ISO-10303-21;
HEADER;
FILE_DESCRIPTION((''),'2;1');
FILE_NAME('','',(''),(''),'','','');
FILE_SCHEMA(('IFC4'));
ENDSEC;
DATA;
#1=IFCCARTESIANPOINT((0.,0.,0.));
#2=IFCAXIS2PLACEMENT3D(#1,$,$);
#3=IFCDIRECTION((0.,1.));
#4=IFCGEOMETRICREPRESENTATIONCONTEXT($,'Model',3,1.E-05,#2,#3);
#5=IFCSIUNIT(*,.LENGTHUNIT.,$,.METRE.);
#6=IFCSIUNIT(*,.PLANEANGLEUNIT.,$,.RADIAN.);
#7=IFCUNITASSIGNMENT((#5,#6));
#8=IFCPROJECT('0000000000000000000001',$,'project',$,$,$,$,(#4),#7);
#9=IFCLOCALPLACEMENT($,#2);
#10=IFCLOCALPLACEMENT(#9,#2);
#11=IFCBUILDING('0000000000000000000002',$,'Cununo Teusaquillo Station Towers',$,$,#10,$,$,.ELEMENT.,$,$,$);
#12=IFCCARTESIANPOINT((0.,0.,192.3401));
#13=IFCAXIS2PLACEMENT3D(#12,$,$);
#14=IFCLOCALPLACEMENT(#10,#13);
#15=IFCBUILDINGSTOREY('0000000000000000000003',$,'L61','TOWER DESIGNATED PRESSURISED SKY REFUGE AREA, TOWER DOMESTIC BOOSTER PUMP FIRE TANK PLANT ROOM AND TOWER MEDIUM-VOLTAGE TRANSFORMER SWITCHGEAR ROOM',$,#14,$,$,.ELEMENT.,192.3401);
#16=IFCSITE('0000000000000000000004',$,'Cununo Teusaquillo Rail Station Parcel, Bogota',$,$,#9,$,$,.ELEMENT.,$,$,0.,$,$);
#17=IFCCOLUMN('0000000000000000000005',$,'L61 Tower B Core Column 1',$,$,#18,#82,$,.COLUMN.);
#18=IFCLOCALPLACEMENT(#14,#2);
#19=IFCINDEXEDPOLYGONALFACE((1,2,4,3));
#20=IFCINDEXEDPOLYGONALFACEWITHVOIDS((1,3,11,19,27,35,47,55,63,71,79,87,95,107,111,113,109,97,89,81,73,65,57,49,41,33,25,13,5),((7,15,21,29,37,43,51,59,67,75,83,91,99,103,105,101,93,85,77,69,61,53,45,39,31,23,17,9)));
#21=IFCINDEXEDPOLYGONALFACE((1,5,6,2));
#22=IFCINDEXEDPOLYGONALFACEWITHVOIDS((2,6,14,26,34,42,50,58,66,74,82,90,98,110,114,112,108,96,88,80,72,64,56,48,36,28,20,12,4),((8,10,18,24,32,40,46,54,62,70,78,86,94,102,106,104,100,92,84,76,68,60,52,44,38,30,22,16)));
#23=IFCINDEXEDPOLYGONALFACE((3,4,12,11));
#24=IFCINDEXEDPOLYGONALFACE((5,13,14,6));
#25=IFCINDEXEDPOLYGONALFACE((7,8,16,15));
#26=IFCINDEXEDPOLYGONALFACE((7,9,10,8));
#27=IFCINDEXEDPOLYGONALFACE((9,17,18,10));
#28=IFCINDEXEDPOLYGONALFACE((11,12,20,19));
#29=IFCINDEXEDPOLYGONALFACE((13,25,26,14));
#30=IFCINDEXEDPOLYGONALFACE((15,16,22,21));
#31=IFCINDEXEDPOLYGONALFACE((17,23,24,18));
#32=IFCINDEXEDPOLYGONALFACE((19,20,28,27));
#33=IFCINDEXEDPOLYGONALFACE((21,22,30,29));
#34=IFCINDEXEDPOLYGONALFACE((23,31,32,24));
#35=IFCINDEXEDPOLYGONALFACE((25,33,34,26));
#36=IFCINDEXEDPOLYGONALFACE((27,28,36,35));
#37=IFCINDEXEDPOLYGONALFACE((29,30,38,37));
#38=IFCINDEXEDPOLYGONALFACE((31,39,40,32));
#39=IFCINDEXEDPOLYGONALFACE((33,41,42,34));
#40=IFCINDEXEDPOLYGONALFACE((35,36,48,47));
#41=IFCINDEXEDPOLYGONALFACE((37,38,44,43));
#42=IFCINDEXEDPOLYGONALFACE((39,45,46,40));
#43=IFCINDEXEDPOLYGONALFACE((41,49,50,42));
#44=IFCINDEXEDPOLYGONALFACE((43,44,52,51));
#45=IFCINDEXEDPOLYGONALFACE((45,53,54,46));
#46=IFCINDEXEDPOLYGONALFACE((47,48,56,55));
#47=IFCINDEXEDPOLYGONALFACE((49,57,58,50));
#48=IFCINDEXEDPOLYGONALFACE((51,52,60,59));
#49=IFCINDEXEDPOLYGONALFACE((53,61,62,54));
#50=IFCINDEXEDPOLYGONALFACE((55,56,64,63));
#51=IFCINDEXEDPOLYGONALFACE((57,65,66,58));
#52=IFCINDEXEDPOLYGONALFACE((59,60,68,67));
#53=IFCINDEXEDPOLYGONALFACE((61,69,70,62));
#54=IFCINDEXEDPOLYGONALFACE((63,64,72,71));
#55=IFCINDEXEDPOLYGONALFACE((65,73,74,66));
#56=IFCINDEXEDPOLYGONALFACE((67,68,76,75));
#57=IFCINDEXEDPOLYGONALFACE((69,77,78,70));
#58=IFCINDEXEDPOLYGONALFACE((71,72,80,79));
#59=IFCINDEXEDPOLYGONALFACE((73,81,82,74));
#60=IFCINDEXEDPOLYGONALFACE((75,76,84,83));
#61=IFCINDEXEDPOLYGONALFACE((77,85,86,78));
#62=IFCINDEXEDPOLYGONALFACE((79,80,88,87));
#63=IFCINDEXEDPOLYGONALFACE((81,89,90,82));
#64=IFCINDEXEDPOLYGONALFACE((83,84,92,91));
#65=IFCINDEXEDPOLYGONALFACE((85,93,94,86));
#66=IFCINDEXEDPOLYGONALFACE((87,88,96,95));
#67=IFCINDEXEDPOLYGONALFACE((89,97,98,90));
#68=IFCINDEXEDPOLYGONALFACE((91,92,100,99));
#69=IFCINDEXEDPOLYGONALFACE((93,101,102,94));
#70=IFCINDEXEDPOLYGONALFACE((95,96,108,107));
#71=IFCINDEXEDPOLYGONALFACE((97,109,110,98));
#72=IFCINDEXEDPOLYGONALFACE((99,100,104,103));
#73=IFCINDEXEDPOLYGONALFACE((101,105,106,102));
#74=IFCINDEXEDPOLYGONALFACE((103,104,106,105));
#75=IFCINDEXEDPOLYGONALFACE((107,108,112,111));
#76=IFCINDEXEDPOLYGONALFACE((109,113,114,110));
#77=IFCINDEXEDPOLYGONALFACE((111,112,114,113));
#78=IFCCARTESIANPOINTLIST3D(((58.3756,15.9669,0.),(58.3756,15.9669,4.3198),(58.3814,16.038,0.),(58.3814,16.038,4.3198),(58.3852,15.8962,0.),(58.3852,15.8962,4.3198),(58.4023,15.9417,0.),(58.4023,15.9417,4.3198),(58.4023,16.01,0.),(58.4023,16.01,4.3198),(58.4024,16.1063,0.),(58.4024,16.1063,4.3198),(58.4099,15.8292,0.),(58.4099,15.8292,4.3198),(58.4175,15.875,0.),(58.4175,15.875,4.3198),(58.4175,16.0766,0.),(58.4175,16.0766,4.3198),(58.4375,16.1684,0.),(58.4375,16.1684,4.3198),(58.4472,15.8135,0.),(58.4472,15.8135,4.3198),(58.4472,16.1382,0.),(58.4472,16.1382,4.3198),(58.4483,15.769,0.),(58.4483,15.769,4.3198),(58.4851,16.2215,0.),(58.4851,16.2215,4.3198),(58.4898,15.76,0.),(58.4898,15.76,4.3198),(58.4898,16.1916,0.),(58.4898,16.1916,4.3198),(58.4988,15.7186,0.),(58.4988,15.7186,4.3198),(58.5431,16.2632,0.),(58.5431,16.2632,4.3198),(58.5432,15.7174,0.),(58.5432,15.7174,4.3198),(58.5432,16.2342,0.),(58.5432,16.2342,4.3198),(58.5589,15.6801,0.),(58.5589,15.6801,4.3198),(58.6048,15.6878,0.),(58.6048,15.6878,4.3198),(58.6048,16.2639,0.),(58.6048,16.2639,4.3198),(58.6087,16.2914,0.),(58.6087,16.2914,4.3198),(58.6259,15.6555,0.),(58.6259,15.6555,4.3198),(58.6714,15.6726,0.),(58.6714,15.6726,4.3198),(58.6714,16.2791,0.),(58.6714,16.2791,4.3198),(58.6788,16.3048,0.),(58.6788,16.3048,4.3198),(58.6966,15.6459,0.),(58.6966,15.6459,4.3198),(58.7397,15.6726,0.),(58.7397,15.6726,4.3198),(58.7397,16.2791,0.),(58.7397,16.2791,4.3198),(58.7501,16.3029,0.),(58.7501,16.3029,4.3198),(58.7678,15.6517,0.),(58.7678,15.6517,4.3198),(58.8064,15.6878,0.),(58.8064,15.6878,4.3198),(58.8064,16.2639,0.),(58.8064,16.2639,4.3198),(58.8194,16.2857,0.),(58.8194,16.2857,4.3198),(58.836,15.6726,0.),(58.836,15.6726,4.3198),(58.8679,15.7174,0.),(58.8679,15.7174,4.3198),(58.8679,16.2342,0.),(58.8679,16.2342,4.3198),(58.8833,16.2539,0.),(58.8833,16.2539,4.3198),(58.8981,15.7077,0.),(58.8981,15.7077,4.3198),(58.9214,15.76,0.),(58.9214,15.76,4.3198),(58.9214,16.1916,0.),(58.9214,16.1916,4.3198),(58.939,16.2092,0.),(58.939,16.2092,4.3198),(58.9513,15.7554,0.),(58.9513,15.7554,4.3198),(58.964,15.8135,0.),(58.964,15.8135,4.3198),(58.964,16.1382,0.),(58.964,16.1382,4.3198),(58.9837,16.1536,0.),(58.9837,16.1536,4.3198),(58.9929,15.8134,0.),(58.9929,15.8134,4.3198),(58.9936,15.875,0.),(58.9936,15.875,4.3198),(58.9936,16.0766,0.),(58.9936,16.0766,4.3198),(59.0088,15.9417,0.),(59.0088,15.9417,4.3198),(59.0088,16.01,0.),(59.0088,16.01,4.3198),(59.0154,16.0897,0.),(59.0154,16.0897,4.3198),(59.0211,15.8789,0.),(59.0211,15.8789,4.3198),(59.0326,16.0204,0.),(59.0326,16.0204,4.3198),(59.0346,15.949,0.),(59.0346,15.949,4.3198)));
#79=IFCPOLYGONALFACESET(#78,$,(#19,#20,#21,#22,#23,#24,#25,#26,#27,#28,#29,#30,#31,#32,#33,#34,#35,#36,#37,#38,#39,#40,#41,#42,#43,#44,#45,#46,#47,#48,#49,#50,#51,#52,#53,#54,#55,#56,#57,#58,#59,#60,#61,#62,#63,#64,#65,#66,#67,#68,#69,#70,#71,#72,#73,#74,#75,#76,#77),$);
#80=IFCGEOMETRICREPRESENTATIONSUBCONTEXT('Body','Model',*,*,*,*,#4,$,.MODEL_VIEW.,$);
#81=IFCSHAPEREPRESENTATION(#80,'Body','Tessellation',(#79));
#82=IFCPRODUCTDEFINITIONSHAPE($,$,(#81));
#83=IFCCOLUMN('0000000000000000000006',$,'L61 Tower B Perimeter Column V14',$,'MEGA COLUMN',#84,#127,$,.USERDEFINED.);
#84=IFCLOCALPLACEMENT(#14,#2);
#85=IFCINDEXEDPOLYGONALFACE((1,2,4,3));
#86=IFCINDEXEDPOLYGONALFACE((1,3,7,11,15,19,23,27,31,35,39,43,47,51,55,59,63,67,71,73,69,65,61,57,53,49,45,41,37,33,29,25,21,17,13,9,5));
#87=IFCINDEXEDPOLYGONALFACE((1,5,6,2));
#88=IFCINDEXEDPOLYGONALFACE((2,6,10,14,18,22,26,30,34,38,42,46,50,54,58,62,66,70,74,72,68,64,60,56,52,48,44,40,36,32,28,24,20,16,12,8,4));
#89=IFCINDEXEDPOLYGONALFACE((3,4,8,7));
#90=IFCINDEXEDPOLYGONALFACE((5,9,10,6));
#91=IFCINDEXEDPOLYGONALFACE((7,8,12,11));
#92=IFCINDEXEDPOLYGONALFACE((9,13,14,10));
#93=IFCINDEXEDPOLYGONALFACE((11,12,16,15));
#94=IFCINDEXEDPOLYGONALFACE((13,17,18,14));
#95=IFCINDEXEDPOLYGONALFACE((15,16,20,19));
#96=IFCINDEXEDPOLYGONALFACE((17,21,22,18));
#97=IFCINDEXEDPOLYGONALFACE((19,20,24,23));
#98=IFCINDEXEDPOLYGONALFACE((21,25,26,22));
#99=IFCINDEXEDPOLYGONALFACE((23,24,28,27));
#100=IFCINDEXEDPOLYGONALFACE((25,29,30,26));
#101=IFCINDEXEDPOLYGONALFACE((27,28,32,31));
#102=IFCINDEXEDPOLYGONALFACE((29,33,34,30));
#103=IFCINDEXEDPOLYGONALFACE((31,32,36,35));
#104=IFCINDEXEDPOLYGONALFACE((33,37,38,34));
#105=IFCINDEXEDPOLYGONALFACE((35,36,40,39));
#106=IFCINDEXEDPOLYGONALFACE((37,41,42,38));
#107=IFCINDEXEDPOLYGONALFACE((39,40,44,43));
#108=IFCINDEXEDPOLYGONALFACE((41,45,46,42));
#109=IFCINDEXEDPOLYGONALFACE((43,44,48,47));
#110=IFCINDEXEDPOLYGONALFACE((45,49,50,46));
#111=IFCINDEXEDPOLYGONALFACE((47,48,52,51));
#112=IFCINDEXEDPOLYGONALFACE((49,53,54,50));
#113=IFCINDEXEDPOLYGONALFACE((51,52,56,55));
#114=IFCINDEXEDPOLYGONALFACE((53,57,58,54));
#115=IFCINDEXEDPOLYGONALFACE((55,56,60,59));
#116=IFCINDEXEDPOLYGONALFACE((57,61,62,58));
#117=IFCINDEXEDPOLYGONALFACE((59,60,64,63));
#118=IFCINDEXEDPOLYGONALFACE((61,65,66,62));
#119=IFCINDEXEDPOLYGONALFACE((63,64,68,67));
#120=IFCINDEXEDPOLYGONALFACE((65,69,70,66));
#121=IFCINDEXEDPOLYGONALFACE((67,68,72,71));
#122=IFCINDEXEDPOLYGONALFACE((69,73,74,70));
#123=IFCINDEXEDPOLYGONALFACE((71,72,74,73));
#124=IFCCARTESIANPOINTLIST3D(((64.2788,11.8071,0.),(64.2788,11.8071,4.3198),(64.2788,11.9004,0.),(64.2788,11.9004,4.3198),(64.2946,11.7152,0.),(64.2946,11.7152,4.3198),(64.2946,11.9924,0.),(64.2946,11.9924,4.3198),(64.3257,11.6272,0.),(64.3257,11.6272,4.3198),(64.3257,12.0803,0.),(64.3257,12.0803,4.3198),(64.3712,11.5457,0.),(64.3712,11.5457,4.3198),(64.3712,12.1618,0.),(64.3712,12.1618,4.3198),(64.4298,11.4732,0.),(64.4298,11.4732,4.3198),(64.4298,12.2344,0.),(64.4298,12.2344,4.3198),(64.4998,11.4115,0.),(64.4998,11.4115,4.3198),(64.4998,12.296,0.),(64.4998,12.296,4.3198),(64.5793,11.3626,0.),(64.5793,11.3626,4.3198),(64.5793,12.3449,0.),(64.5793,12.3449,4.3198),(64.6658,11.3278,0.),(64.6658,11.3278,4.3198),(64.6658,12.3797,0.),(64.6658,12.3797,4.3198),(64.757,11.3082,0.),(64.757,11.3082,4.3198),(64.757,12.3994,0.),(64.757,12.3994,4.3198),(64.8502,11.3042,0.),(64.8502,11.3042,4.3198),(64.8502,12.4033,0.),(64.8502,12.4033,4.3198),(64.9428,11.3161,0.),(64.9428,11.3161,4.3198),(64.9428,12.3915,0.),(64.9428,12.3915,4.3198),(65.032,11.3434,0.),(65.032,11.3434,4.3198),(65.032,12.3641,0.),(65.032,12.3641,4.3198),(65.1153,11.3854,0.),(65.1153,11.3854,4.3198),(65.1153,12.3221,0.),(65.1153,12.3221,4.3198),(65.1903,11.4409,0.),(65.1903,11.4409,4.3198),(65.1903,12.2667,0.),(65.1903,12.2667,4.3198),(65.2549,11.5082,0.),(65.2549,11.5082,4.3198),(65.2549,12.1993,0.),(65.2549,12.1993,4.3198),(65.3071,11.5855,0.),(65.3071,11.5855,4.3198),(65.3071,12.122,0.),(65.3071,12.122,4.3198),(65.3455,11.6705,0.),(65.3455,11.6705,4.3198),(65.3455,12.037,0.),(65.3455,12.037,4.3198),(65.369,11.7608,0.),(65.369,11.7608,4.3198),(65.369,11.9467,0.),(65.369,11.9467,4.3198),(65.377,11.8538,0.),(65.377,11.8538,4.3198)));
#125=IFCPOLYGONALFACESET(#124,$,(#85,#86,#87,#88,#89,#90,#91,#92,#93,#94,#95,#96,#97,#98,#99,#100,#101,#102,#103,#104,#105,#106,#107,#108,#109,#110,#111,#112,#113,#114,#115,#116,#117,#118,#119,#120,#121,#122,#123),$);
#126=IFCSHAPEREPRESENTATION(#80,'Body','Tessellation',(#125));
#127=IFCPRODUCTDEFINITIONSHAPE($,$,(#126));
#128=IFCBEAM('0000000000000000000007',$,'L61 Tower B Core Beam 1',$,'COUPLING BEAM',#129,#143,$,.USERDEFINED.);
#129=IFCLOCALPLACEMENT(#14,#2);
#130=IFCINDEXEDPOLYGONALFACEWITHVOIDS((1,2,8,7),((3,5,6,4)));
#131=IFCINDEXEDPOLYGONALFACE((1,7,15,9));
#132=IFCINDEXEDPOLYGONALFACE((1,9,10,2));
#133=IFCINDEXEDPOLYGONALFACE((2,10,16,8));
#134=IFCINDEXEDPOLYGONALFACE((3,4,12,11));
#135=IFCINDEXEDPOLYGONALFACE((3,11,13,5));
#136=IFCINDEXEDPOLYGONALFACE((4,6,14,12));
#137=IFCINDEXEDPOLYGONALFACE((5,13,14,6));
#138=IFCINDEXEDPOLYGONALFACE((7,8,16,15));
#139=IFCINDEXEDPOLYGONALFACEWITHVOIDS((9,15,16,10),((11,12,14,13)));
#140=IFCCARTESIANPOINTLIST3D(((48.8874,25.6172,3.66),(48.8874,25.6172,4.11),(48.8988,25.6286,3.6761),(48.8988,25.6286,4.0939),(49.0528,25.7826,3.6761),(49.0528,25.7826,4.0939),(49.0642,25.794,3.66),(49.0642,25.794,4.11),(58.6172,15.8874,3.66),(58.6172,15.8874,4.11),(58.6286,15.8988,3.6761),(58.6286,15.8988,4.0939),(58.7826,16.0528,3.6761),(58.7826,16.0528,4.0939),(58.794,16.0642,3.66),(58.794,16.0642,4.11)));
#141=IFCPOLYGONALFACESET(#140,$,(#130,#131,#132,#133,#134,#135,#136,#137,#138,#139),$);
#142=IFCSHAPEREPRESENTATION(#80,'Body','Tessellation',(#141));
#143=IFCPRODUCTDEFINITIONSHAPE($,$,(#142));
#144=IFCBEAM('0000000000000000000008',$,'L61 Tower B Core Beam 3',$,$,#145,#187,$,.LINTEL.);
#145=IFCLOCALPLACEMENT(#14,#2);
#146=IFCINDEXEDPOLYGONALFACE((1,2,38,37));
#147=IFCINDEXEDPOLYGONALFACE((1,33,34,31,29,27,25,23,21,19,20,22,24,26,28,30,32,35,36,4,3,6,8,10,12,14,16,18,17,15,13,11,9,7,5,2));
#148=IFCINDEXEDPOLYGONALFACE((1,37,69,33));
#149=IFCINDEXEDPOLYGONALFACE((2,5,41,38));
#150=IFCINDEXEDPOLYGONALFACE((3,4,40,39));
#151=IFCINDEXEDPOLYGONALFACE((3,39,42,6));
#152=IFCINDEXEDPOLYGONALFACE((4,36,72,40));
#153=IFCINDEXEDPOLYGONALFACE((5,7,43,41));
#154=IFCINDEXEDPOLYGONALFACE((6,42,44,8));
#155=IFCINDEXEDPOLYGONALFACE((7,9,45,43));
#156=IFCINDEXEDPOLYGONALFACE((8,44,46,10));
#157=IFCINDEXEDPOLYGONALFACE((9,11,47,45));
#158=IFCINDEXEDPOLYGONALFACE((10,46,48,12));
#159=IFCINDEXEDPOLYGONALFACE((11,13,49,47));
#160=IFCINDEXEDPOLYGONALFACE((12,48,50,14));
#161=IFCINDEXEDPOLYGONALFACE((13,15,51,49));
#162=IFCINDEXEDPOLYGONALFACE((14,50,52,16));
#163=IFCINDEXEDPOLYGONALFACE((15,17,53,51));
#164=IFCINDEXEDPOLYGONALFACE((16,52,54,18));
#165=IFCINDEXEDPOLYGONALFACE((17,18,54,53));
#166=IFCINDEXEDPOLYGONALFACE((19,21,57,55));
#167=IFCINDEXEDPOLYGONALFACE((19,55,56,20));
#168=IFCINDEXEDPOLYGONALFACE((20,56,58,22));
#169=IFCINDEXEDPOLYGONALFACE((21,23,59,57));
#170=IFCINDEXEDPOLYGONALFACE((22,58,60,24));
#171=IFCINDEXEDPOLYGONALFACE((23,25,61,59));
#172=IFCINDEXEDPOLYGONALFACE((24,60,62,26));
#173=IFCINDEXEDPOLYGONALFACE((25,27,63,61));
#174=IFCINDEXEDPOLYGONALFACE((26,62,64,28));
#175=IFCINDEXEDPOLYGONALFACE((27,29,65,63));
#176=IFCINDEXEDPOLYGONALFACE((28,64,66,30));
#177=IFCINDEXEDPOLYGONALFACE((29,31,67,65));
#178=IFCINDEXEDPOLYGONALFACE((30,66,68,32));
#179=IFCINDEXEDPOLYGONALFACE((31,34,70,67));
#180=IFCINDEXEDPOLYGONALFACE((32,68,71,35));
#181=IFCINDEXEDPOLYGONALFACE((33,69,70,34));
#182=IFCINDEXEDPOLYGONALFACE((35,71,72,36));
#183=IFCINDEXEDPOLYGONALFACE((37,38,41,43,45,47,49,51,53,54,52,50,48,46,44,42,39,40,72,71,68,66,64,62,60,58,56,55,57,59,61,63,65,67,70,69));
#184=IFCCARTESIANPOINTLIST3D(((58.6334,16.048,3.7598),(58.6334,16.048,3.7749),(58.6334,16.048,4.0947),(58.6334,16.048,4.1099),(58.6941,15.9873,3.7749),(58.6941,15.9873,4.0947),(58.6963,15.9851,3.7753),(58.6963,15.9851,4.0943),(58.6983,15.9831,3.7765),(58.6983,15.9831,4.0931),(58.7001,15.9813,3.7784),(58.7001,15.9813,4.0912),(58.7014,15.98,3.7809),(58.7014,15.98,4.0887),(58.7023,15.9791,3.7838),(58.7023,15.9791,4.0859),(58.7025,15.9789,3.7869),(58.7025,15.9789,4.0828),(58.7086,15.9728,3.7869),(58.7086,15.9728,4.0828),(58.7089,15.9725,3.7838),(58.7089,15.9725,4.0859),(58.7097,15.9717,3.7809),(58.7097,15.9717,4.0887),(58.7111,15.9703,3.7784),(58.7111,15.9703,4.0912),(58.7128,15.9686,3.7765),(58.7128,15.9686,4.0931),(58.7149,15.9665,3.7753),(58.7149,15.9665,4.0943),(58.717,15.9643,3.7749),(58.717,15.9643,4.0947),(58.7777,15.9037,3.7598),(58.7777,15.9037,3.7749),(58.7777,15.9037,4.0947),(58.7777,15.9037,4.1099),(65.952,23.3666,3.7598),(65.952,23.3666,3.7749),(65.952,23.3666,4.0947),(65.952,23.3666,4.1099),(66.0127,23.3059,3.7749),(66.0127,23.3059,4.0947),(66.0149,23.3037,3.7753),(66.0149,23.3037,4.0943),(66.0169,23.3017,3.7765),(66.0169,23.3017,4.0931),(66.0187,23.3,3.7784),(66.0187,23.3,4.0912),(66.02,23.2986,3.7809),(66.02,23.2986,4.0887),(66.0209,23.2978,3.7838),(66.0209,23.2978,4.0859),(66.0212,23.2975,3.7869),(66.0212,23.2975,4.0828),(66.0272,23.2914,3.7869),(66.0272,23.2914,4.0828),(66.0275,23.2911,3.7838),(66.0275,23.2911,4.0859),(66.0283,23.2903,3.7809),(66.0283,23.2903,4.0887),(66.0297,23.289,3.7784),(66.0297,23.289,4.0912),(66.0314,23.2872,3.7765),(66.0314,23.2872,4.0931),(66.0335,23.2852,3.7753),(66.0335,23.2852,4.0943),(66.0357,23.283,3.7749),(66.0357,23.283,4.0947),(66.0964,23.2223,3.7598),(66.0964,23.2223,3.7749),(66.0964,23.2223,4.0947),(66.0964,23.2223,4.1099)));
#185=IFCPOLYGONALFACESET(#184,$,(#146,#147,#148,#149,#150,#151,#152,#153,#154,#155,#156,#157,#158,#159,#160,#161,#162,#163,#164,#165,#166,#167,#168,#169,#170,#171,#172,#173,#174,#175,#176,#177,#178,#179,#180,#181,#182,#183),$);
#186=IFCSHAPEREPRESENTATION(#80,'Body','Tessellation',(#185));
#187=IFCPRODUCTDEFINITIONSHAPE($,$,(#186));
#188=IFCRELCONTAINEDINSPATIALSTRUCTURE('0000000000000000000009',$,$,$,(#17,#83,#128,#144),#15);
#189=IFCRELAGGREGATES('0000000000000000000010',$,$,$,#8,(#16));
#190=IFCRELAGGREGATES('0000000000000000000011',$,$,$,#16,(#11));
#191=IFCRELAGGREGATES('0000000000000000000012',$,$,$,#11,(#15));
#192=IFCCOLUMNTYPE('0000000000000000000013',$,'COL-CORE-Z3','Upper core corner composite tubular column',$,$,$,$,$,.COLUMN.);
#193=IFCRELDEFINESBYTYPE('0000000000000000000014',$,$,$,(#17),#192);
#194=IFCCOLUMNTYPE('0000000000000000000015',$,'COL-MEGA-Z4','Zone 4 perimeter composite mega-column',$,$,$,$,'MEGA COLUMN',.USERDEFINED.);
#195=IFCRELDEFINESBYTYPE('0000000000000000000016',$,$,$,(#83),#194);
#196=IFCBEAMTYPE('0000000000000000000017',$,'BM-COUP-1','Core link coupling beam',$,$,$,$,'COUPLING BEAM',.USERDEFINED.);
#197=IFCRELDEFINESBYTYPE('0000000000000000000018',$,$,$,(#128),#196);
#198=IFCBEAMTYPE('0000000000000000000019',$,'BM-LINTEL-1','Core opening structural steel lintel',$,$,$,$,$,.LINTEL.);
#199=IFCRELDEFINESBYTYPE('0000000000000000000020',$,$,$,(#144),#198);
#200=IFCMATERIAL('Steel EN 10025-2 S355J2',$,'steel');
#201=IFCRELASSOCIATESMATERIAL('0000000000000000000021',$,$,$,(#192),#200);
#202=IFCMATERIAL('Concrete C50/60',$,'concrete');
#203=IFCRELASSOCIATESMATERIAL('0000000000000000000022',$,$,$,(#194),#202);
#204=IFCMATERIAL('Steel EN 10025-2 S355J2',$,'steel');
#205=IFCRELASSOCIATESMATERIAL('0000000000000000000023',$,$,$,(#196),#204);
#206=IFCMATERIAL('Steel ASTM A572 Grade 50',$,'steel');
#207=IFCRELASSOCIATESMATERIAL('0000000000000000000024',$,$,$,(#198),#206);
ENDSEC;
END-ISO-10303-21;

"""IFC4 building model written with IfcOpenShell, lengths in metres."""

from ifc_helpers import new_model, si_unit, direction, frame, origin, origin_2d, place, context, subcontext, project, spatial, hollow_rectangle, circle, hollow_circle, i_section, extrude, material, material_profile, profile_set, type_object, element, save


model = new_model("IFC4")

# Units and contexts
model_context = context("Model", 3, precision=1e-05, world=origin(), true_north=direction((0.0, 1.0)))
body_context = subcontext(model_context, "Body", "Model", "MODEL_VIEW")
ifc_project = project(units=[si_unit("LENGTHUNIT", "METRE"), si_unit("PLANEANGLEUNIT", "RADIAN")], contexts=[model_context])

# Site, building, storey
site_placement = place(None, origin())
site = spatial("IfcSite", under=ifc_project, at=site_placement, Name="Cununo Teusaquillo Rail Station Parcel, Bogota", CompositionType="ELEMENT", RefElevation=0.0)
building_placement = place(site_placement, origin())
building = spatial("IfcBuilding", under=site, at=building_placement, Name="Cununo Teusaquillo Station Towers", CompositionType="ELEMENT")
storey_placement = place(building_placement, frame((0.0, 0.0, 192.3401)))
storey = spatial("IfcBuildingStorey", under=building, at=storey_placement, Name="L61", Description="TOWER DESIGNATED PRESSURISED SKY REFUGE AREA, TOWER DOMESTIC BOOSTER PUMP FIRE TANK PLANT ROOM AND TOWER MEDIUM-VOLTAGE TRANSFORMER SWITCHGEAR ROOM", CompositionType="ELEMENT", Elevation=192.3401)

# Columns
ifc_material_1 = material(Name="Steel EN 10025-2 S355J2", Category="steel")
ifc_material_profile_1 = material_profile(ifc_material_1, hollow_circle(Radius=0.3301, WallThickness=0.0249, at=origin_2d()), Name="CHS 660x25")
ifc_profile_set_1 = profile_set([ifc_material_profile_1], Name="Steel EN 10025-2 S355J2")
column_type_1 = type_object("IfcColumnType", Name="COL-CORE-Z3", Description="Upper core corner composite tubular column", PredefinedType="COLUMN", material=ifc_profile_set_1)
column_1_placement = place(storey_placement, frame((58.7056, 15.9758, 0.0), z_axis=(0.0, 0.0, 1.0), x_axis=(0.707107, 0.707107, 0.0)))
element("IfcColumn", 1, at=column_1_placement, inside=storey, type_object=column_type_1, Name="L61 Tower B Core Column 1", PredefinedType="COLUMN", context=body_context, shape_type="SweptSolid", body=[
    extrude(hollow_circle(Radius=0.3301, WallThickness=0.0249, at=origin_2d()), origin(), (0.0, 0.0, 1.0), 4.3198),
])
ifc_material_2 = material(Name="Concrete C50/60", Category="concrete")
ifc_material_profile_2 = material_profile(ifc_material_2, circle(Radius=0.55, at=origin_2d()), Name="RC-CIRC-1100")
ifc_profile_set_2 = profile_set([ifc_material_profile_2], Name="Concrete C50/60")
column_type_2 = type_object("IfcColumnType", Name="COL-MEGA-Z4", Description="Zone 4 perimeter composite mega-column", ElementType="MEGA COLUMN", PredefinedType="USERDEFINED", material=ifc_profile_set_2)
column_2_placement = place(storey_placement, frame((64.8269, 11.8538, 0.0), z_axis=(0.0, 0.0, 1.0), x_axis=(1.0, 0.0, 0.0)))
element("IfcColumn", 2, at=column_2_placement, inside=storey, type_object=column_type_2, Name="L61 Tower B Perimeter Column V14", ObjectType="MEGA COLUMN", PredefinedType="USERDEFINED", context=body_context, shape_type="SweptSolid", body=[
    extrude(circle(Radius=0.55, at=origin_2d()), origin(), (0.0, 0.0, 1.0), 4.3198),
])

# Beams
ifc_material_3 = material(Name="Steel EN 10025-2 S355J2", Category="steel")
ifc_material_profile_3 = material_profile(ifc_material_3, hollow_rectangle(XDim=0.25, YDim=0.45, WallThickness=0.0161, at=origin_2d()), Name="RHS 450x250x16")
ifc_profile_set_3 = profile_set([ifc_material_profile_3], Name="Steel EN 10025-2 S355J2")
beam_type_1 = type_object("IfcBeamType", Name="BM-COUP-1", Description="Core link coupling beam", ElementType="COUPLING BEAM", PredefinedType="USERDEFINED", material=ifc_profile_set_3)
beam_1_placement = place(storey_placement, frame((58.7056, 15.9758, 3.885), z_axis=(-0.707107, 0.707107, 0.0), x_axis=(-0.707107, -0.707107, 0.0)))
element("IfcBeam", 3, at=beam_1_placement, inside=storey, type_object=beam_type_1, Name="L61 Tower B Core Beam 1", ObjectType="COUPLING BEAM", PredefinedType="USERDEFINED", context=body_context, shape_type="SweptSolid", body=[
    extrude(hollow_rectangle(XDim=0.25, YDim=0.45, WallThickness=0.0161, at=origin_2d()), origin(), (0.0, 0.0, 1.0), 13.76),
])
ifc_material_4 = material(Name="Steel ASTM A572 Grade 50", Category="steel")
ifc_material_profile_4 = material_profile(ifc_material_4, i_section(OverallWidth=0.2041, OverallDepth=0.3501, WebThickness=0.0085, FlangeThickness=0.0151, FilletRadius=0.012, at=origin_2d()), Name="W14X48")
ifc_profile_set_4 = profile_set([ifc_material_profile_4], Name="Steel ASTM A572 Grade 50")
beam_type_2 = type_object("IfcBeamType", Name="BM-LINTEL-1", Description="Core opening structural steel lintel", PredefinedType="LINTEL", material=ifc_profile_set_4)
beam_2_placement = place(storey_placement, frame((58.7056, 15.9758, 3.9348), z_axis=(0.707107, 0.707107, 0.0), x_axis=(-0.707107, 0.707107, 0.0)))
element("IfcBeam", 4, at=beam_2_placement, inside=storey, type_object=beam_type_2, Name="L61 Tower B Core Beam 3", PredefinedType="LINTEL", context=body_context, shape_type="SweptSolid", body=[
    extrude(i_section(OverallWidth=0.2041, OverallDepth=0.3501, WebThickness=0.0085, FlangeThickness=0.0151, FilletRadius=0.012, at=origin_2d()), origin(), (0.0, 0.0, 1.0), 10.3501),
])

save(model, "model.ifc")
